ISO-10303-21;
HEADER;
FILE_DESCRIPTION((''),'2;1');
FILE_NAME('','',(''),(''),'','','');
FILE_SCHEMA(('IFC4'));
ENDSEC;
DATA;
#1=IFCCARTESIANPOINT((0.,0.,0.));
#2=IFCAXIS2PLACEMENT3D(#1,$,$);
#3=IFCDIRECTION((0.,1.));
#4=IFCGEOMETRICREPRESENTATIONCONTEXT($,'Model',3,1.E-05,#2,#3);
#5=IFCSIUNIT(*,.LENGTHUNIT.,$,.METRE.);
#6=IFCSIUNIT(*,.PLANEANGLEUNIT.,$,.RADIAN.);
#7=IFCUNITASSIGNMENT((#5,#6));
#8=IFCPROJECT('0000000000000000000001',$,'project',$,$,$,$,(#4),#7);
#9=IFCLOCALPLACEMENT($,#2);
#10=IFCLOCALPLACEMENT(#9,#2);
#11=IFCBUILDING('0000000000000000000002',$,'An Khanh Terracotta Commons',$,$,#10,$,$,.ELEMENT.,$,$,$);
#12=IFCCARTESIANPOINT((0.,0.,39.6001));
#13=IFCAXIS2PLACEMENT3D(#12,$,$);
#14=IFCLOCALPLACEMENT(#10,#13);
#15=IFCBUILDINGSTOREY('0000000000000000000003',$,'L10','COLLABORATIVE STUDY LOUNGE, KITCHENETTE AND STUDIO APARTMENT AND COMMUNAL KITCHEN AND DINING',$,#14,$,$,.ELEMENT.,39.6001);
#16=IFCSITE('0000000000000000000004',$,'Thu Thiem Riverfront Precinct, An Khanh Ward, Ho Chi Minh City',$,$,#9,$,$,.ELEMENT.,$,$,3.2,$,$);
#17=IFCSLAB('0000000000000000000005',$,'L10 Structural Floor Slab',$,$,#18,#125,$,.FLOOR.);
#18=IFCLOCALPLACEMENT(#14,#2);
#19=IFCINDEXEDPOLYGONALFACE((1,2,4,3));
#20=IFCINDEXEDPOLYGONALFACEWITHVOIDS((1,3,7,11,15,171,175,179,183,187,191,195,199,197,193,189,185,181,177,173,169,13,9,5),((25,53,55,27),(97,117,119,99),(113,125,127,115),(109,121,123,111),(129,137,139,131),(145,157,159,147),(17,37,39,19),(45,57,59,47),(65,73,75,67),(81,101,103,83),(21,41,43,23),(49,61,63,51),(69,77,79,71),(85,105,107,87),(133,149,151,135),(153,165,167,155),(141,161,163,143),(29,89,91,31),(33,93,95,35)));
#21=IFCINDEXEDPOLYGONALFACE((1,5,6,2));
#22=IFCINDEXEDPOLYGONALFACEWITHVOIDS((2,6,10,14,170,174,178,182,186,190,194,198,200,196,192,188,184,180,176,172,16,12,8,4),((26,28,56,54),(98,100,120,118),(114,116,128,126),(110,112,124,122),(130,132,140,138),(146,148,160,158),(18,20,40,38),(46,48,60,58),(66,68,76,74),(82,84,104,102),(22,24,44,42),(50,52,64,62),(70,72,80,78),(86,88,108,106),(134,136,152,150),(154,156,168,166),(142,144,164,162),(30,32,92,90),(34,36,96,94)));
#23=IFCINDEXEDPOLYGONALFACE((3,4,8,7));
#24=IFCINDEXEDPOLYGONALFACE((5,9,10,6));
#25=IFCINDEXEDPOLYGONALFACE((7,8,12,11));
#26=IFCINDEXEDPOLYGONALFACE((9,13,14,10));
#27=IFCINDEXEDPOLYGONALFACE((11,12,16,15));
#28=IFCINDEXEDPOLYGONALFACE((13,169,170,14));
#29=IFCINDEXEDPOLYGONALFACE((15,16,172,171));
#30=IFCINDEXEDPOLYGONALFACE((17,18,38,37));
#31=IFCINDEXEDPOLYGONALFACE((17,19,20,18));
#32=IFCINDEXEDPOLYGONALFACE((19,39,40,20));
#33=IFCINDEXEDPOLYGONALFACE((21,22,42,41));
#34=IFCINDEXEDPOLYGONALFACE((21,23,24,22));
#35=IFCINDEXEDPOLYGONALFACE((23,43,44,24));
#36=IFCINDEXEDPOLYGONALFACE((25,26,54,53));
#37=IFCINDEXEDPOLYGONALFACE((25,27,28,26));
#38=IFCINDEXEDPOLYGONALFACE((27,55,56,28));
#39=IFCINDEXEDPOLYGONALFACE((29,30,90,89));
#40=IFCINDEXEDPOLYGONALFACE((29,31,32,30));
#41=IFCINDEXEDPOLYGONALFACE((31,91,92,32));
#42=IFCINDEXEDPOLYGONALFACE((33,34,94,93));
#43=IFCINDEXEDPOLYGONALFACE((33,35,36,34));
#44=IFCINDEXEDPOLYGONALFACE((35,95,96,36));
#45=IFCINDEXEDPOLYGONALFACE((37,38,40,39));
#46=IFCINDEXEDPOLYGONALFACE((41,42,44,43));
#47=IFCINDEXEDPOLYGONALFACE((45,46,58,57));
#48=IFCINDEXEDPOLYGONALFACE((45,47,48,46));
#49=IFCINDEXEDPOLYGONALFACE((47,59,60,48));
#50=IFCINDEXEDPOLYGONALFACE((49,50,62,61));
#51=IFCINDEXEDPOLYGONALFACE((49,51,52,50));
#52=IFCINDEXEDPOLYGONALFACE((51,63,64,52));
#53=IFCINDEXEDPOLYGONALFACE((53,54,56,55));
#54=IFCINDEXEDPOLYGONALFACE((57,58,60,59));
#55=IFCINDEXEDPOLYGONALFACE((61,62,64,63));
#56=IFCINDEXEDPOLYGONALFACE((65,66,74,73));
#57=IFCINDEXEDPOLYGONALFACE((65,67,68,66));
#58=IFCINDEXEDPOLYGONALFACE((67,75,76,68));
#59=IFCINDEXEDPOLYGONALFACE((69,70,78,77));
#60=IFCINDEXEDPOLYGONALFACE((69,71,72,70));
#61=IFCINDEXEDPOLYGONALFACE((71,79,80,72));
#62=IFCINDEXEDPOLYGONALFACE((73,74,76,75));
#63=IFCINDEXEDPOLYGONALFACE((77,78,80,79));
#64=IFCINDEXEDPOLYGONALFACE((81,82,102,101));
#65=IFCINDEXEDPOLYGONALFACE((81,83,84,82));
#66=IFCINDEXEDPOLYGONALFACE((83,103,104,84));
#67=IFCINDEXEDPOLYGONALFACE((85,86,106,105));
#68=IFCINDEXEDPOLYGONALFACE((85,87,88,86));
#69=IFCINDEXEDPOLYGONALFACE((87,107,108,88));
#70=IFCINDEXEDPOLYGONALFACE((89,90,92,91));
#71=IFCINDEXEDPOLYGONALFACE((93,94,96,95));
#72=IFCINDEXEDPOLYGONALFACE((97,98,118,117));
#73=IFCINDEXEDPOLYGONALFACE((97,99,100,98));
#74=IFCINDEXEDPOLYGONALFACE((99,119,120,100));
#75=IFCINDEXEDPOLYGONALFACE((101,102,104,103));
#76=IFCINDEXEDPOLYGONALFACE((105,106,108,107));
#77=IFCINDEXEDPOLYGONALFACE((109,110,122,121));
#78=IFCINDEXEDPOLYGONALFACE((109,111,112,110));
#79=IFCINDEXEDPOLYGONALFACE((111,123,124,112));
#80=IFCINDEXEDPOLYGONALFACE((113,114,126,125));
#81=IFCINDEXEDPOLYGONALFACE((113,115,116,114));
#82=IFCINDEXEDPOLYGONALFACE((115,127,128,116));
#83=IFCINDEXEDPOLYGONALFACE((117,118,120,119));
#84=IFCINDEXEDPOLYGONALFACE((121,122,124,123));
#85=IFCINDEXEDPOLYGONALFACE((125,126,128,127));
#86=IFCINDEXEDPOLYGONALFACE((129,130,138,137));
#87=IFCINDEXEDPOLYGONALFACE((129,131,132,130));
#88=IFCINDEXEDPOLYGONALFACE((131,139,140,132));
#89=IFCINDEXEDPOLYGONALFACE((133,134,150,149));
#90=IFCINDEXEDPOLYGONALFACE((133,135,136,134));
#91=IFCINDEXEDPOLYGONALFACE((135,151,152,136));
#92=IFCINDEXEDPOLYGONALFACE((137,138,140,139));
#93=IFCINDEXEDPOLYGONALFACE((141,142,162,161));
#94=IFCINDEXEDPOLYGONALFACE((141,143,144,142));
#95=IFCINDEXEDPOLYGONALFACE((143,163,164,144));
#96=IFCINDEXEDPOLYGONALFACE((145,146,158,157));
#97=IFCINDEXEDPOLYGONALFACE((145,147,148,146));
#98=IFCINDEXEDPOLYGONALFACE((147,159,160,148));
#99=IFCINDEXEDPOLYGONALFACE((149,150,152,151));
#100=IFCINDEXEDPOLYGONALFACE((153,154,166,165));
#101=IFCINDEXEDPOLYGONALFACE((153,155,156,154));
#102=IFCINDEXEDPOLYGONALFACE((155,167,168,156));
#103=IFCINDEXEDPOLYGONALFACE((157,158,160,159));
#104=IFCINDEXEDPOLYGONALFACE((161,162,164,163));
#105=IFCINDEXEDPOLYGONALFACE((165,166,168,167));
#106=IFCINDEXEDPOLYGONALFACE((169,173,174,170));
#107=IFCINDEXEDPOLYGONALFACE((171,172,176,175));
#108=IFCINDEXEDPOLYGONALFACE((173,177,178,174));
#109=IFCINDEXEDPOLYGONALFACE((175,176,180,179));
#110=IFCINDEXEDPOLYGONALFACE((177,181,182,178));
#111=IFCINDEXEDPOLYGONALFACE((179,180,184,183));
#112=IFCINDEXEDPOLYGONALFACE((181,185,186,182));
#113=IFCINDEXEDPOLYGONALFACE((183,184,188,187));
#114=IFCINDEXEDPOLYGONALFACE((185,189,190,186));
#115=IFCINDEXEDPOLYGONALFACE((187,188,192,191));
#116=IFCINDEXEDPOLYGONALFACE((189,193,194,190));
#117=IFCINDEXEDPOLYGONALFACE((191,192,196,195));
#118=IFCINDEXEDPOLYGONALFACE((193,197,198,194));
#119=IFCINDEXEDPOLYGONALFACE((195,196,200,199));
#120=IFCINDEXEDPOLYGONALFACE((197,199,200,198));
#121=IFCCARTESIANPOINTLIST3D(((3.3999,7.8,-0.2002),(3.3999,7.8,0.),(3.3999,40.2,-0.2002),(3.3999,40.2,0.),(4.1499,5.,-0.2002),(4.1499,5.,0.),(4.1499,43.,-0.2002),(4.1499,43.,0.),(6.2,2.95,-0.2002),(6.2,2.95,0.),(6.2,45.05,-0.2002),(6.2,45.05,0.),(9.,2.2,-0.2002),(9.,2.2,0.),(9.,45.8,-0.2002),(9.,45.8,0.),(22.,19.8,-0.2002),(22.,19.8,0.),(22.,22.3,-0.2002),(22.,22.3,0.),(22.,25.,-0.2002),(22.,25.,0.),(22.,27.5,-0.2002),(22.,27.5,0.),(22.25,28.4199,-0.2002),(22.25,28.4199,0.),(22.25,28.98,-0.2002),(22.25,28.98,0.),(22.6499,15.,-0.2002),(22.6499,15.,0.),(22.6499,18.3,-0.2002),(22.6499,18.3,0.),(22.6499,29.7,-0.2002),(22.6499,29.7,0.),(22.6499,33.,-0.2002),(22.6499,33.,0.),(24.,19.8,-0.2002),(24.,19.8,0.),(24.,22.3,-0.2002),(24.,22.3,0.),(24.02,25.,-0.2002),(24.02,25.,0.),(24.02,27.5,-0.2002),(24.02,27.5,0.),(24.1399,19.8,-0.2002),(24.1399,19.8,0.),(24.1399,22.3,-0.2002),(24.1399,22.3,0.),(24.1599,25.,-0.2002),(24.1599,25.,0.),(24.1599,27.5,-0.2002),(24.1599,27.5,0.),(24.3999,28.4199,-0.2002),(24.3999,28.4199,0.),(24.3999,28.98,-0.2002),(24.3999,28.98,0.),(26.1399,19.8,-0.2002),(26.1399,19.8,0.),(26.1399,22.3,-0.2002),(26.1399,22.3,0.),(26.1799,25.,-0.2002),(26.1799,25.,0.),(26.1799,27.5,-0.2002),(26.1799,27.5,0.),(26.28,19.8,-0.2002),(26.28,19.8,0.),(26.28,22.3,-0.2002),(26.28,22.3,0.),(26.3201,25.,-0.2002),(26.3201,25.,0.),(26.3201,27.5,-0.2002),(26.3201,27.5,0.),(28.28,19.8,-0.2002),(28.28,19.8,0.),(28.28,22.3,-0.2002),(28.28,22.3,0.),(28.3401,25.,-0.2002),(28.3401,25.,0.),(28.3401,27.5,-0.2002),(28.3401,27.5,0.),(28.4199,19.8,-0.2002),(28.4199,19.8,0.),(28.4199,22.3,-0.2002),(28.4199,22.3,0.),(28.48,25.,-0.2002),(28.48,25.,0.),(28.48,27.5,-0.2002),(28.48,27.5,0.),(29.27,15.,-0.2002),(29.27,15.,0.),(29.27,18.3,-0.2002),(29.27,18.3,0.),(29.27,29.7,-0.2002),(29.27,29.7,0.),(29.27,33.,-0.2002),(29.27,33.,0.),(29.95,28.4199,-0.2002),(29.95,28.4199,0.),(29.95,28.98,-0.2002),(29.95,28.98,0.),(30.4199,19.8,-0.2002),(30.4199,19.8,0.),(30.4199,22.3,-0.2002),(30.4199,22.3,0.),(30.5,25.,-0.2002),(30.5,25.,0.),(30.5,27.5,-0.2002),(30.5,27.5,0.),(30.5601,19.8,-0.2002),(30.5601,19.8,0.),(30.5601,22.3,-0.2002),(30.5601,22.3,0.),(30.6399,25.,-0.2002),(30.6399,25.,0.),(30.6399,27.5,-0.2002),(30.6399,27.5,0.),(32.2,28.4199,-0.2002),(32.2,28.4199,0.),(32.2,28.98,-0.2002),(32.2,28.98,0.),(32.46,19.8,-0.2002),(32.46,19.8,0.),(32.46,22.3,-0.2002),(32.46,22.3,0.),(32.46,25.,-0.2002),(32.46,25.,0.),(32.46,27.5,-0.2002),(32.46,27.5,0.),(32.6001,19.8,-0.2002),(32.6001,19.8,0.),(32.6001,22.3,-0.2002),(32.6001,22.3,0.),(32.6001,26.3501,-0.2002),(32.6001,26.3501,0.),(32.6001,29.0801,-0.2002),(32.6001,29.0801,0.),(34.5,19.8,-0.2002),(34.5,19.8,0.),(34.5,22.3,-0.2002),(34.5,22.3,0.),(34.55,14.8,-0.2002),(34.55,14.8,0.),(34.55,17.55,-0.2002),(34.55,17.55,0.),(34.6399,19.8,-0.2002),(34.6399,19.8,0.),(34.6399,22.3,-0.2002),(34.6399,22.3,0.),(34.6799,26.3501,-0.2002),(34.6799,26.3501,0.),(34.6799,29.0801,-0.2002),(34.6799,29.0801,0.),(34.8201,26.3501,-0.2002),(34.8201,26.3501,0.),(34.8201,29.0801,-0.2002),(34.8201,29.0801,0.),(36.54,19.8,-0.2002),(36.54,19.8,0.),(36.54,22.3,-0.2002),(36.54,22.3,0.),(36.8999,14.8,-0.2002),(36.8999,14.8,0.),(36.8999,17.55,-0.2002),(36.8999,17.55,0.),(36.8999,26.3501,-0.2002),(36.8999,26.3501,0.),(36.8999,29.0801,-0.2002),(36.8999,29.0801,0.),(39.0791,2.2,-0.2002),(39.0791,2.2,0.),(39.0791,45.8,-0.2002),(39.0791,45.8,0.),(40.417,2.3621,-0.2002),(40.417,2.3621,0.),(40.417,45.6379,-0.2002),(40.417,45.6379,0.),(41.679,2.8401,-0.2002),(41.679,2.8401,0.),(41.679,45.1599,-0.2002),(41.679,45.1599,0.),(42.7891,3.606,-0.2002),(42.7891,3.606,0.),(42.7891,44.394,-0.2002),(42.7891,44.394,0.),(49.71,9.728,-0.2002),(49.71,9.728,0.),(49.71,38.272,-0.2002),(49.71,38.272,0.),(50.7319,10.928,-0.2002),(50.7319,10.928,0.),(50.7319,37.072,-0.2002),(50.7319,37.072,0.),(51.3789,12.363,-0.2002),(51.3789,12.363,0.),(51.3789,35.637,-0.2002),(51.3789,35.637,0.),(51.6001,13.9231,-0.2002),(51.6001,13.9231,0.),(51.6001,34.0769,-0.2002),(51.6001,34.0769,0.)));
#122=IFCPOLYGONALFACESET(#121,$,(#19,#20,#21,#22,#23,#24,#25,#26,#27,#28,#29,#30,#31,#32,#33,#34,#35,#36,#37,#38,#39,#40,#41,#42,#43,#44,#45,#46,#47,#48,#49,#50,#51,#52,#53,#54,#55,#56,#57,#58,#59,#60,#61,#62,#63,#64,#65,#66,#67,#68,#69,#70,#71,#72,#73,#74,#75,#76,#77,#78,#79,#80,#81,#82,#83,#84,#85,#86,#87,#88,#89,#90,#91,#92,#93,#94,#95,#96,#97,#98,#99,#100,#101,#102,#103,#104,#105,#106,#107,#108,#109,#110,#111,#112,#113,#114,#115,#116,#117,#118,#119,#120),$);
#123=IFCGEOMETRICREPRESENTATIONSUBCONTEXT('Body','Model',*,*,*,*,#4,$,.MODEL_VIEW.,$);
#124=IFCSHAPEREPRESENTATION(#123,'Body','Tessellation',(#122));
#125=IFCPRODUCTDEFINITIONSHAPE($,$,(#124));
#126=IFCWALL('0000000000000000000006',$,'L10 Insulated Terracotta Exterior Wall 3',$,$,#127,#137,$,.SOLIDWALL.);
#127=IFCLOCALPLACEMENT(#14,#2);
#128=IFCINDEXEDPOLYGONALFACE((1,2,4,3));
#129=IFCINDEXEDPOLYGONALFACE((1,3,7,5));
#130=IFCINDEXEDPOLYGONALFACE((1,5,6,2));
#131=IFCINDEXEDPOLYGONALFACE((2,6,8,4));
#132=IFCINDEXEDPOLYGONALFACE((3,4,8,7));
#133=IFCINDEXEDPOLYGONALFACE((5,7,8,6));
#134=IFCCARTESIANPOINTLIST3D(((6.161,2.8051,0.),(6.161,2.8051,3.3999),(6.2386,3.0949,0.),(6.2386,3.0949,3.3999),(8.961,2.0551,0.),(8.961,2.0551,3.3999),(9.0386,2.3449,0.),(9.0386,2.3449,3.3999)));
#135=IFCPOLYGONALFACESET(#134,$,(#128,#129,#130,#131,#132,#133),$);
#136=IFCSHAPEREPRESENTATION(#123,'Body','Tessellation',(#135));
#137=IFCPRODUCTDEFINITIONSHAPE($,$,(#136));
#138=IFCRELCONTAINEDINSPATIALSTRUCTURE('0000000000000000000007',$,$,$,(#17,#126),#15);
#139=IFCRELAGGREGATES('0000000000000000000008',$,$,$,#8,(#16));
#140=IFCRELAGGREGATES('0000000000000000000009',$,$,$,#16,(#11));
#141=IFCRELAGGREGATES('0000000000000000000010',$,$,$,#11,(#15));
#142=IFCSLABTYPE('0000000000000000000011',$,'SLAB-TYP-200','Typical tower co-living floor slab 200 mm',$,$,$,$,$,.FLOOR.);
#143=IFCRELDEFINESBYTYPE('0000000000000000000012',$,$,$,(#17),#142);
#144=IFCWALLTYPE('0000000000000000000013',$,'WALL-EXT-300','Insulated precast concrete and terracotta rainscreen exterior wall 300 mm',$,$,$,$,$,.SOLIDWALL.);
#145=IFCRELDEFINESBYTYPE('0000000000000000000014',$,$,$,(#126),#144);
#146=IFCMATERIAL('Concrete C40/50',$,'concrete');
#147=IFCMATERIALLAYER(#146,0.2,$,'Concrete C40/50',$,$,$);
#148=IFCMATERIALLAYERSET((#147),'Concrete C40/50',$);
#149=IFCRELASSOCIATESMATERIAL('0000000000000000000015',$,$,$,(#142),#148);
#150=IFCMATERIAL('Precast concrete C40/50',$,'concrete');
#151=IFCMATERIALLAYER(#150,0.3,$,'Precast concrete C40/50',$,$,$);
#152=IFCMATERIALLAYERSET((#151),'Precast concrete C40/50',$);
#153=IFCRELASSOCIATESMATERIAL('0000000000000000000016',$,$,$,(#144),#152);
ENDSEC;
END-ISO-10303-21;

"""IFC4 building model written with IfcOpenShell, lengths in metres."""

from ifc_helpers import new_model, si_unit, direction, frame, frame_2d, origin, place, context, subcontext, project, spatial, polyline, rectangle, outline, extrude, material, layer, layer_set, type_object, element, save


model = new_model("IFC4")

# Units and contexts
model_context = context("Model", 3, precision=1e-05, world=origin(), true_north=direction((0.0, 1.0)))
body_context = subcontext(model_context, "Body", "Model", "MODEL_VIEW")
ifc_project = project(units=[si_unit("LENGTHUNIT", "METRE"), si_unit("PLANEANGLEUNIT", "RADIAN")], contexts=[model_context])

# Site, building, storey
site_placement = place(None, origin())
site = spatial("IfcSite", under=ifc_project, at=site_placement, Name="Thu Thiem Riverfront Precinct, An Khanh Ward, Ho Chi Minh City", CompositionType="ELEMENT", RefElevation=3.2)
building_placement = place(site_placement, origin())
building = spatial("IfcBuilding", under=site, at=building_placement, Name="An Khanh Terracotta Commons", CompositionType="ELEMENT")
storey_placement = place(building_placement, frame((0.0, 0.0, 39.6001)))
storey = spatial("IfcBuildingStorey", under=building, at=storey_placement, Name="L10", Description="COLLABORATIVE STUDY LOUNGE, KITCHENETTE AND STUDIO APARTMENT AND COMMUNAL KITCHEN AND DINING", CompositionType="ELEMENT", Elevation=39.6001)

# Shared definitions
ifc_material_1 = material(Name="Concrete C40/50", Category="concrete")

# Shared definitions
ifc_material_2 = material(Name="Precast concrete C40/50", Category="concrete")

# Slab
ifc_layer_1 = layer(ifc_material_1, 0.2, Name="Concrete C40/50")
ifc_layer_set_1 = layer_set([ifc_layer_1], Name="Concrete C40/50")
slab_type_1 = type_object("IfcSlabType", Name="SLAB-TYP-200", Description="Typical tower co-living floor slab 200 mm", PredefinedType="FLOOR", material=ifc_layer_set_1)
slab_1_placement = place(storey_placement, frame((0.0, 0.0, -0.2002)))
element("IfcSlab", 1, at=slab_1_placement, inside=storey, type_object=slab_type_1, Name="L10 Structural Floor Slab", PredefinedType="FLOOR", context=body_context, shape_type="SweptSolid", body=[
    extrude(outline(polyline([(3.3999, 7.8), (4.1499, 5.0), (6.2, 2.95), (9.0, 2.2), (39.0791, 2.2), (40.417, 2.3621), (41.679, 2.8401), (42.7891, 3.606), (49.71, 9.728), (50.7319, 10.928), (51.3789, 12.363), (51.6001, 13.9231), (51.6001, 34.0769), (51.3789, 35.637), (50.7319, 37.072), (49.71, 38.272), (42.7891, 44.394), (41.679, 45.1599), (40.417, 45.6379), (39.0791, 45.8), (9.0, 45.8), (6.2, 45.05), (4.1499, 43.0), (3.3999, 40.2), (3.3999, 7.8)]), holes=[polyline([(22.6499, 29.7), (29.27, 29.7), (29.27, 33.0), (22.6499, 33.0), (22.6499, 29.7)]), polyline([(22.6499, 15.0), (29.27, 15.0), (29.27, 18.3), (22.6499, 18.3), (22.6499, 15.0)]), polyline([(32.6001, 26.3501), (34.6799, 26.3501), (34.6799, 29.0801), (32.6001, 29.0801), (32.6001, 26.3501)]), polyline([(34.8201, 26.3501), (36.8999, 26.3501), (36.8999, 29.0801), (34.8201, 29.0801), (34.8201, 26.3501)]), polyline([(34.55, 14.8), (36.8999, 14.8), (36.8999, 17.55), (34.55, 17.55), (34.55, 14.8)]), polyline([(22.0, 25.0), (24.02, 25.0), (24.02, 27.5), (22.0, 27.5), (22.0, 25.0)]), polyline([(24.1599, 25.0), (26.1799, 25.0), (26.1799, 27.5), (24.1599, 27.5), (24.1599, 25.0)]), polyline([(22.0, 19.8), (24.0, 19.8), (24.0, 22.3), (22.0, 22.3), (22.0, 19.8)]), polyline([(24.1399, 19.8), (26.1399, 19.8), (26.1399, 22.3), (24.1399, 22.3), (24.1399, 19.8)]), polyline([(26.3201, 25.0), (28.3401, 25.0), (28.3401, 27.5), (26.3201, 27.5), (26.3201, 25.0)]), polyline([(28.48, 25.0), (30.5, 25.0), (30.5, 27.5), (28.48, 27.5), (28.48, 25.0)]), polyline([(26.28, 19.8), (28.28, 19.8), (28.28, 22.3), (26.28, 22.3), (26.28, 19.8)]), polyline([(28.4199, 19.8), (30.4199, 19.8), (30.4199, 22.3), (28.4199, 22.3), (28.4199, 19.8)]), polyline([(30.6399, 25.0), (32.46, 25.0), (32.46, 27.5), (30.6399, 27.5), (30.6399, 25.0)]), polyline([(30.5601, 19.8), (32.46, 19.8), (32.46, 22.3), (30.5601, 22.3), (30.5601, 19.8)]), polyline([(32.6001, 19.8), (34.5, 19.8), (34.5, 22.3), (32.6001, 22.3), (32.6001, 19.8)]), polyline([(34.6399, 19.8), (36.54, 19.8), (36.54, 22.3), (34.6399, 22.3), (34.6399, 19.8)]), polyline([(22.25, 28.4199), (24.3999, 28.4199), (24.3999, 28.98), (22.25, 28.98), (22.25, 28.4199)]), polyline([(29.95, 28.4199), (32.2, 28.4199), (32.2, 28.98), (29.95, 28.98), (29.95, 28.4199)])]), origin(), (0.0, 0.0, 1.0), 0.2002),
])

# Wall
ifc_layer_2 = layer(ifc_material_2, 0.3, Name="Precast concrete C40/50")
ifc_layer_set_2 = layer_set([ifc_layer_2], Name="Precast concrete C40/50")
wall_type = type_object("IfcWallType", Name="WALL-EXT-300", Description="Insulated precast concrete and terracotta rainscreen exterior wall 300 mm", PredefinedType="SOLIDWALL", material=ifc_layer_set_2)
wall_1_placement = place(storey_placement, frame((6.2, 2.95, 0.0), z_axis=(0.0, 0.0, 1.0), x_axis=(0.965949, -0.258732, 0.0)))
element("IfcWall", 2, at=wall_1_placement, inside=storey, type_object=wall_type, Name="L10 Insulated Terracotta Exterior Wall 3", PredefinedType="SOLIDWALL", context=body_context, shape_type="SweptSolid", body=[
    extrude(rectangle(XDim=2.8987, YDim=0.3, at=frame_2d((1.4492, 0.0))), origin(), (0.0, 0.0, 1.0), 3.3999),
])

save(model, "model.ifc")
